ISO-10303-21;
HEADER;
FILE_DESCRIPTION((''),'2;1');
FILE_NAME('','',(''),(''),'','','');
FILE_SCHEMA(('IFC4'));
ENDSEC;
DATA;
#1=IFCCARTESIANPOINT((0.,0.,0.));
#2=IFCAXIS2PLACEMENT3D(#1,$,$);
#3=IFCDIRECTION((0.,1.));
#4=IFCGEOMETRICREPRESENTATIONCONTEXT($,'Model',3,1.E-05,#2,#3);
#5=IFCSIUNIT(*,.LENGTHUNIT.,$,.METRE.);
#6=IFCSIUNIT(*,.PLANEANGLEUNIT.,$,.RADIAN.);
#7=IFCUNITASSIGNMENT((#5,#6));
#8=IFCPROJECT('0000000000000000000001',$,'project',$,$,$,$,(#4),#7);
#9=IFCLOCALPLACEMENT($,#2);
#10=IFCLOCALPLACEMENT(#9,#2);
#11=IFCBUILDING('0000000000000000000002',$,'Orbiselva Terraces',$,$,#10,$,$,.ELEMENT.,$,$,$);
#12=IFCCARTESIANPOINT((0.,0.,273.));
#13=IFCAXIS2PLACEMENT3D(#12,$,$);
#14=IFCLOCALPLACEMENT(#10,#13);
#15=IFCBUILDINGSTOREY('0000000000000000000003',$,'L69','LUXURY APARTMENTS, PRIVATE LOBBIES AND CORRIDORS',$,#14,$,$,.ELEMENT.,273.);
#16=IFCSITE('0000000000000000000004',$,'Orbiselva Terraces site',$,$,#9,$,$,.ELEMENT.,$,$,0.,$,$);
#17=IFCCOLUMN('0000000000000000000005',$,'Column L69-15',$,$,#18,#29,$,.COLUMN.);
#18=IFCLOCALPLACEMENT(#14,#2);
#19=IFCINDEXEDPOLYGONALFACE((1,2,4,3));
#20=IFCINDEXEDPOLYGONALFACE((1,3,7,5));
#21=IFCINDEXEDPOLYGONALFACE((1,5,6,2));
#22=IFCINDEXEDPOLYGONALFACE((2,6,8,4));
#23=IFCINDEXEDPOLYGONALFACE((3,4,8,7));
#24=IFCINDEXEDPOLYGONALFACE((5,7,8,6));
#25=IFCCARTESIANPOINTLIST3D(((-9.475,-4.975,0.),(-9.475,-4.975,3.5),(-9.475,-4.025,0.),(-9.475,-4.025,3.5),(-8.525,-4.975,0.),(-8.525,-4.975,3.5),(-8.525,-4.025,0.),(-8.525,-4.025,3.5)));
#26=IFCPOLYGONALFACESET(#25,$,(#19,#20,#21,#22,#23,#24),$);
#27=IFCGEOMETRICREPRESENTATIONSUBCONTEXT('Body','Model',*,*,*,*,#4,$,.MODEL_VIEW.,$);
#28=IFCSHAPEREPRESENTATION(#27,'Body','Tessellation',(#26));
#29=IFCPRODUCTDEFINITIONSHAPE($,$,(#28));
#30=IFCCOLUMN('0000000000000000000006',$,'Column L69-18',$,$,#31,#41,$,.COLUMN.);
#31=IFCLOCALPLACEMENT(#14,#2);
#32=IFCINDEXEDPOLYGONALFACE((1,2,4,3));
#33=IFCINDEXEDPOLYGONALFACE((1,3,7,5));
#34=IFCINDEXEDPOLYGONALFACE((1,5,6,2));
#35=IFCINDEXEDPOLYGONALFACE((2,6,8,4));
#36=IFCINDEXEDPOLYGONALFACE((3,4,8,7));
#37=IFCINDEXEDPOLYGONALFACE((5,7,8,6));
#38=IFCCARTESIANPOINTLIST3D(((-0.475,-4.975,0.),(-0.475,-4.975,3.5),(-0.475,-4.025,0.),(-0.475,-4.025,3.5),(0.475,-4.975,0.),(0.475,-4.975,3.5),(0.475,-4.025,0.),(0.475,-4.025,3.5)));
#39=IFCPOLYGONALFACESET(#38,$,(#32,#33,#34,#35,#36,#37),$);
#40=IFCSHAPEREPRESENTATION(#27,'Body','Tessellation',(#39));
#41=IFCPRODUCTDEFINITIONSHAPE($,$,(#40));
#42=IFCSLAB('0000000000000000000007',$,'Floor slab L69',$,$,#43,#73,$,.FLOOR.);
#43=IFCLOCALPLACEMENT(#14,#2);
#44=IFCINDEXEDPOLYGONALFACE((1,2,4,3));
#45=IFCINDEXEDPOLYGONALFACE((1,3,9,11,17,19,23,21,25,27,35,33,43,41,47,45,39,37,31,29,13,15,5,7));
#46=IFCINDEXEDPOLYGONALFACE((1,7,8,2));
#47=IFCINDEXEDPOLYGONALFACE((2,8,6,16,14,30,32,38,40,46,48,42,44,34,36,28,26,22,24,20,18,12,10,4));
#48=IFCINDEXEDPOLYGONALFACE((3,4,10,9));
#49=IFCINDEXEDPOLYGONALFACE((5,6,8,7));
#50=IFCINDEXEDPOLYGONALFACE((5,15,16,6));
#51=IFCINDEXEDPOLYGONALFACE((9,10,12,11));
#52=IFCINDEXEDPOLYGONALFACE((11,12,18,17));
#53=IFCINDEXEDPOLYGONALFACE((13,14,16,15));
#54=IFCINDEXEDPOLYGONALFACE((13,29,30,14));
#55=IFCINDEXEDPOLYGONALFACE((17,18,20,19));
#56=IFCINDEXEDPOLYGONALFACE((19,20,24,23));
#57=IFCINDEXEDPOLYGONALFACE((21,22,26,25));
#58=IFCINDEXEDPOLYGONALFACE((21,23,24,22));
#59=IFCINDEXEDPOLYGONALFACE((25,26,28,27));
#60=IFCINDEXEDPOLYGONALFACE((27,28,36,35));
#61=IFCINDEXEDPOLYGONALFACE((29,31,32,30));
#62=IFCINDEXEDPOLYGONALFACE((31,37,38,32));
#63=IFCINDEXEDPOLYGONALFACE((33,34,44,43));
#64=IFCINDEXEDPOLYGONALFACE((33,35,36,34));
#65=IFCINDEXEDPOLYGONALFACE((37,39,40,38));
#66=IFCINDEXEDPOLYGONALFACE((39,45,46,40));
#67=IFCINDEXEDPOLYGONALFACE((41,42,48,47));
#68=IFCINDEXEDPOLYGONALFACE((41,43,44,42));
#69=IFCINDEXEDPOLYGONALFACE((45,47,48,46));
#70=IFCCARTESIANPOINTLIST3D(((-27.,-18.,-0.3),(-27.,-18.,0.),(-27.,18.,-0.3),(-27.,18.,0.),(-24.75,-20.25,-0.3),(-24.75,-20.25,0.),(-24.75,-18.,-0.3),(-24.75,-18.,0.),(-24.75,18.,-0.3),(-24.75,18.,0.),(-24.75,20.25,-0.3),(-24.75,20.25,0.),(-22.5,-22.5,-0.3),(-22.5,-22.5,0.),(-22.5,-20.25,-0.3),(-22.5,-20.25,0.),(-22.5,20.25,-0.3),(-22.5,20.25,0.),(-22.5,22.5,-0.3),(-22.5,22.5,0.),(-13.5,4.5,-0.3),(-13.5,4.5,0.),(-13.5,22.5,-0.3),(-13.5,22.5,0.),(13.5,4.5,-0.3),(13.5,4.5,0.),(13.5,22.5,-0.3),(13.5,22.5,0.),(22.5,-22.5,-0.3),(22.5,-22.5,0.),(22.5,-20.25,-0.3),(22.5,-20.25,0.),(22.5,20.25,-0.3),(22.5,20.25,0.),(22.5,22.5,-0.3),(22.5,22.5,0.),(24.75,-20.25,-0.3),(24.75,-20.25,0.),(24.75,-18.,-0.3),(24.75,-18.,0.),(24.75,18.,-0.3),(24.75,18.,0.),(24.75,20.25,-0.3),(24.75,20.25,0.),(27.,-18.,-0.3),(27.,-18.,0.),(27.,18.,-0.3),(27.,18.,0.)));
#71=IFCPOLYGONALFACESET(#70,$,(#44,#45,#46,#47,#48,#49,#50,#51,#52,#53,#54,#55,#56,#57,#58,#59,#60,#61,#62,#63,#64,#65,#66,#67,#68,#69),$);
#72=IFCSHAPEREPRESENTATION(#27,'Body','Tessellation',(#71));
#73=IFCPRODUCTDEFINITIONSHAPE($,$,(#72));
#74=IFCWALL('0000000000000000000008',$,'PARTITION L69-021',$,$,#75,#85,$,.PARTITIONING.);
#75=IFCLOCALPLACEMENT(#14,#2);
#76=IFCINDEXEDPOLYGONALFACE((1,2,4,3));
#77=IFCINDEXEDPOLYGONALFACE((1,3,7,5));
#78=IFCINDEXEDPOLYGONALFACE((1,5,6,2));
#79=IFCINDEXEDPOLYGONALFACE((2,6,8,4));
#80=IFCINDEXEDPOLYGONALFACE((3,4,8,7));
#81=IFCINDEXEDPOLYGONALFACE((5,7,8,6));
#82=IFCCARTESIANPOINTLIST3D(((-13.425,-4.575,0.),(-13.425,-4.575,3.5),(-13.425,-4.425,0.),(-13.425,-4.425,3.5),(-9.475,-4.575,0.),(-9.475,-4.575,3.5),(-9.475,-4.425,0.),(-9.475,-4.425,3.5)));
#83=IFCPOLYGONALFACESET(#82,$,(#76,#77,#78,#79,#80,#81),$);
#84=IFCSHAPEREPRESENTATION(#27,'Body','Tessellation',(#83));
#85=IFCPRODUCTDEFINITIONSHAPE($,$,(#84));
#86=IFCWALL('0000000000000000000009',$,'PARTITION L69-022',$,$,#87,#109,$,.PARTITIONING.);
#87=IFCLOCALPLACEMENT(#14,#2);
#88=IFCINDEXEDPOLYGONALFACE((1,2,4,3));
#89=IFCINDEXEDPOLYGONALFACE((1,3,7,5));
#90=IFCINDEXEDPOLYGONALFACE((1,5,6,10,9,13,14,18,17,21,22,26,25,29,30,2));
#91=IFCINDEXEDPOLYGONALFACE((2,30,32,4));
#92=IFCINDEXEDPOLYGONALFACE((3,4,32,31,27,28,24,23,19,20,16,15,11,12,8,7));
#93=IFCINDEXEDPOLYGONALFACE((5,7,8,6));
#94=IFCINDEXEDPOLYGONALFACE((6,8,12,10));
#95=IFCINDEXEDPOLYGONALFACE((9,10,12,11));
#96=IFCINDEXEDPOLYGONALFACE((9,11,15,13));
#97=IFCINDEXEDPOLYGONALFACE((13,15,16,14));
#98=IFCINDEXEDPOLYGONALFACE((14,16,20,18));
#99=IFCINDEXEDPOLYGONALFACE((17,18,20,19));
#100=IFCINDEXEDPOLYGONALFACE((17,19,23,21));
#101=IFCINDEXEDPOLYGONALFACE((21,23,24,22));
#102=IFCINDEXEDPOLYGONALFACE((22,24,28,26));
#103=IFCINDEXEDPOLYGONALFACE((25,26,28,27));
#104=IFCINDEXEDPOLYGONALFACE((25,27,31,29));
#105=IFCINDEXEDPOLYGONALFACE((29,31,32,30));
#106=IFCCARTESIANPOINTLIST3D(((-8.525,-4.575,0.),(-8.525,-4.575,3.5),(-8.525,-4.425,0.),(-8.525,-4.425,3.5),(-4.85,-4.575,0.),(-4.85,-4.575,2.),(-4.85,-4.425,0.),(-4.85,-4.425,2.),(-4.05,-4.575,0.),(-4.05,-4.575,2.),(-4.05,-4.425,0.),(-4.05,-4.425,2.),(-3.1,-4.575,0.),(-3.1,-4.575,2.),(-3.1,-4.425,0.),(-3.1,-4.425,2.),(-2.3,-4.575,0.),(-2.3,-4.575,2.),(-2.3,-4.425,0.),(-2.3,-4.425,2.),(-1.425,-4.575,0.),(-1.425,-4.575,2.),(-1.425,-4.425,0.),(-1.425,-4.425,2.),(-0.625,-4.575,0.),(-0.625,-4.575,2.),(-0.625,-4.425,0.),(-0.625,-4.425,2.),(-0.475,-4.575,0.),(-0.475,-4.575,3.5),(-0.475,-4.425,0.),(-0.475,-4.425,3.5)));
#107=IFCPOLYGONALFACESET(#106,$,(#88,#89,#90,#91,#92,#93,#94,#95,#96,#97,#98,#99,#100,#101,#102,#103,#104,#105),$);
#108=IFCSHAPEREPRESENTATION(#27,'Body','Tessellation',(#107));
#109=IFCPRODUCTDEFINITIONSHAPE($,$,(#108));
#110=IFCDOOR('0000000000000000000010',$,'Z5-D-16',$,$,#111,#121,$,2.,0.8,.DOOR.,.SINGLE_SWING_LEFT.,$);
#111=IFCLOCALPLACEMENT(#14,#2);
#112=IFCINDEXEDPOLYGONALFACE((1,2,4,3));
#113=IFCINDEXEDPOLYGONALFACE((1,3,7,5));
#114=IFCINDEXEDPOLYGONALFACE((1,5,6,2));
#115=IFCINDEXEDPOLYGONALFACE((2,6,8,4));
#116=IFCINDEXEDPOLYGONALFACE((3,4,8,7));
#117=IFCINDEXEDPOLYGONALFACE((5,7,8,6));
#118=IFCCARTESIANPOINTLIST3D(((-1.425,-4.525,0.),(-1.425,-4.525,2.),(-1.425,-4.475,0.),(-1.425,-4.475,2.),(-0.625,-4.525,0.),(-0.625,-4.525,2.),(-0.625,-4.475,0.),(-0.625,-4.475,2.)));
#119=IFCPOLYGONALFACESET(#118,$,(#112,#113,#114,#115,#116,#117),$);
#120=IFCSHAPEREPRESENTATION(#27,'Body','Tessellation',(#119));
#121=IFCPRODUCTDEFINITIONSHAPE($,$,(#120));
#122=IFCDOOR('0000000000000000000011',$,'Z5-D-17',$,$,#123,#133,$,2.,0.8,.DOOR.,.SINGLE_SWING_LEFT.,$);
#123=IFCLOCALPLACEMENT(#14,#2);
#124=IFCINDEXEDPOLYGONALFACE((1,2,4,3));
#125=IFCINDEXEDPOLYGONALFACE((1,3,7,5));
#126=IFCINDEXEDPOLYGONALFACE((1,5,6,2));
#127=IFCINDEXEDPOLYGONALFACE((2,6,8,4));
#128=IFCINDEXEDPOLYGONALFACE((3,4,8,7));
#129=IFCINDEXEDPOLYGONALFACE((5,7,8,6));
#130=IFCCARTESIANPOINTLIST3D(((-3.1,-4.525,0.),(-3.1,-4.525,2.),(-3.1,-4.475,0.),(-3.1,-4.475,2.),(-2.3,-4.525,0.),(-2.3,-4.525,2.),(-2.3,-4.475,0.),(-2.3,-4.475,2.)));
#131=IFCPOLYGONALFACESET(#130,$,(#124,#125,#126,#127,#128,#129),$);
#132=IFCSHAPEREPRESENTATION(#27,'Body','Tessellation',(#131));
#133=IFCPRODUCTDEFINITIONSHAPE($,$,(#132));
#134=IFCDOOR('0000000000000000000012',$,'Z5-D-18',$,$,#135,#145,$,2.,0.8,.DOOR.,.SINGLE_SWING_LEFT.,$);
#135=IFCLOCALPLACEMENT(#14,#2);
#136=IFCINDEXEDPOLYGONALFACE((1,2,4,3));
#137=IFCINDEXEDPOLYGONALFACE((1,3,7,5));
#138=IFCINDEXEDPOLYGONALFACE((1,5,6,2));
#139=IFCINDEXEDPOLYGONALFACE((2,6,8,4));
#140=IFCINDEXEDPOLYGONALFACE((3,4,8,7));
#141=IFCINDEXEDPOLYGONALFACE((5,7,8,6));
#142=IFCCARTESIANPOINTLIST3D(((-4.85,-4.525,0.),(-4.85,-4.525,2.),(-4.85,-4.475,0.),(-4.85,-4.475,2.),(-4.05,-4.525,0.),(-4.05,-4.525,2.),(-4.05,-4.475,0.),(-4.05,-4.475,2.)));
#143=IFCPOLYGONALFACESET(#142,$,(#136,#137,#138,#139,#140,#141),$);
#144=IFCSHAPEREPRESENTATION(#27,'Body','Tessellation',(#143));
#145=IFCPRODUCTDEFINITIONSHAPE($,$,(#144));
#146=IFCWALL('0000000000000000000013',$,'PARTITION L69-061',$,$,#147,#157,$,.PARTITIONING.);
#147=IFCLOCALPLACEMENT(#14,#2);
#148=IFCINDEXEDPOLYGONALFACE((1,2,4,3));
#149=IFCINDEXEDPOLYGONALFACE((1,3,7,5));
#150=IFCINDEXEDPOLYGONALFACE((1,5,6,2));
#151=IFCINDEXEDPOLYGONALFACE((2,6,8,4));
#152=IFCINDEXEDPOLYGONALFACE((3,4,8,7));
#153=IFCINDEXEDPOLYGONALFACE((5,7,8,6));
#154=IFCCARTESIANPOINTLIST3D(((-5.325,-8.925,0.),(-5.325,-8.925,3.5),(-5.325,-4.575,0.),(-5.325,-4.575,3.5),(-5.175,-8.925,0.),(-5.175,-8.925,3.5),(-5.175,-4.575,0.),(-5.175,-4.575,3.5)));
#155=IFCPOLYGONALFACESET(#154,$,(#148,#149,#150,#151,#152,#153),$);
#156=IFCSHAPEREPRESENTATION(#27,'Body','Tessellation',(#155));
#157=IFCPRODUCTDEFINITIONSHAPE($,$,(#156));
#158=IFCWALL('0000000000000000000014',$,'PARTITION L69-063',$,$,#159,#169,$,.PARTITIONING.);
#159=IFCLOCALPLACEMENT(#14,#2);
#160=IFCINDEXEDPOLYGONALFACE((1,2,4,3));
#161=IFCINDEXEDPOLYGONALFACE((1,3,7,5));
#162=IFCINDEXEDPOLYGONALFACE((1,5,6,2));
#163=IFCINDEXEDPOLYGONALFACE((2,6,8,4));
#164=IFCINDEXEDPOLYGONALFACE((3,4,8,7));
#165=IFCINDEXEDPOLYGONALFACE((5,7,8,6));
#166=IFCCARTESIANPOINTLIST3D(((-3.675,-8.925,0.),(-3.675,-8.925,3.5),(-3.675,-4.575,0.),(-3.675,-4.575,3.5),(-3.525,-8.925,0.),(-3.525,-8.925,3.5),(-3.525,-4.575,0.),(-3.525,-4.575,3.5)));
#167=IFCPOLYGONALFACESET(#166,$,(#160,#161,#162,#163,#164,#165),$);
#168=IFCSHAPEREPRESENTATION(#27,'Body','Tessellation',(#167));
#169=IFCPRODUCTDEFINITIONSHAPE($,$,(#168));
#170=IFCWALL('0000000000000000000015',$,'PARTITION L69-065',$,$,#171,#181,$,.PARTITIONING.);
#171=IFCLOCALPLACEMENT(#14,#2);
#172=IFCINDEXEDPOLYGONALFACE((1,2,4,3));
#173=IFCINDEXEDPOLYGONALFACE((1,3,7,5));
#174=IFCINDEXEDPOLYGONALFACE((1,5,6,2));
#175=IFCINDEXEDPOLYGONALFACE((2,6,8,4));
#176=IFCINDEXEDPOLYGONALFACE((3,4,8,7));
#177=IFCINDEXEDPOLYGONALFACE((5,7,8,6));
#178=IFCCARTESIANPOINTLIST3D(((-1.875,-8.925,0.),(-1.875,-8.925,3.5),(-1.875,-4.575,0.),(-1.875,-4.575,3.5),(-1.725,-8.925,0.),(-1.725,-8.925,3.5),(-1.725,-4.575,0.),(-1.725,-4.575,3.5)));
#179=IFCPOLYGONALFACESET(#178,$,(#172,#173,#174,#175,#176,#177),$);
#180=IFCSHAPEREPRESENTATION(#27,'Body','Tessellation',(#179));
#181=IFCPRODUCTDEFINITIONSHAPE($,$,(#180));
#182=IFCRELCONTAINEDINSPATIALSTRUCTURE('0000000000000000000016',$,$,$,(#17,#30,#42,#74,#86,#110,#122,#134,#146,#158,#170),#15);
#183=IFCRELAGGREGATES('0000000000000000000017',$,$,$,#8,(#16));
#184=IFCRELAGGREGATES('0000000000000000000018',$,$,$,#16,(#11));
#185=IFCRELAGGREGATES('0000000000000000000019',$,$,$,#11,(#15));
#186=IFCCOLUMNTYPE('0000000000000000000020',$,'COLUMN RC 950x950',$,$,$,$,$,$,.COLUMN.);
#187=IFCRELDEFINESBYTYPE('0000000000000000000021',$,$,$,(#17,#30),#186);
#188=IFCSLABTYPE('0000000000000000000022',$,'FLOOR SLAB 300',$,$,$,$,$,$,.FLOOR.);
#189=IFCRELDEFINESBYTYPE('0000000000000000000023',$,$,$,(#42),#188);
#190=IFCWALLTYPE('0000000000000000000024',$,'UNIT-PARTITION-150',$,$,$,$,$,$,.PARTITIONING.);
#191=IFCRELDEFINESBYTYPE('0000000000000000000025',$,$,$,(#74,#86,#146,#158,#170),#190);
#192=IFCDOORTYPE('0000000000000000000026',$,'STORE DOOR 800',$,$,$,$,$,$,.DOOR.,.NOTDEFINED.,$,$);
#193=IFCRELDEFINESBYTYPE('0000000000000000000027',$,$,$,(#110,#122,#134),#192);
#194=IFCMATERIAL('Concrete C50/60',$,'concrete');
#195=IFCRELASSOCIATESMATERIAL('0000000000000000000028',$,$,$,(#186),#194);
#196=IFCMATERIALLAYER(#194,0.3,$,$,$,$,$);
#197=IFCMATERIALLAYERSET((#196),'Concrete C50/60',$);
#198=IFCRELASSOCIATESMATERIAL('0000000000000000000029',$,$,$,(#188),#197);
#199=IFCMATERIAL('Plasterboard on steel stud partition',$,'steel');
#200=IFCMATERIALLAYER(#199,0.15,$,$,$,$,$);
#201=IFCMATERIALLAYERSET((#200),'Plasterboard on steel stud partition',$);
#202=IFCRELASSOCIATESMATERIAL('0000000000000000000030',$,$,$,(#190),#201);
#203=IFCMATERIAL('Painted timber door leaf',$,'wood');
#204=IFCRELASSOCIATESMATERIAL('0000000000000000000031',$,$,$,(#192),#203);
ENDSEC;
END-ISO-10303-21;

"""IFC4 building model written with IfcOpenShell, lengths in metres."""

from ifc_helpers import new_model, si_unit, direction, frame, frame_2d, origin, origin_2d, place, context, subcontext, project, spatial, polyline, rectangle, outline, extrude, material, layer, layer_set, material_profile, profile_set, type_object, element, fill, save


model = new_model("IFC4")

# Units and contexts
model_context = context("Model", 3, precision=1e-05, world=origin(), true_north=direction((0.0, 1.0)))
body_context = subcontext(model_context, "Body", "Model", "MODEL_VIEW")
ifc_project = project(units=[si_unit("LENGTHUNIT", "METRE"), si_unit("PLANEANGLEUNIT", "RADIAN")], contexts=[model_context])

# Site, building, storey
site_placement = place(None, origin())
site = spatial("IfcSite", under=ifc_project, at=site_placement, Name="Orbiselva Terraces site", CompositionType="ELEMENT", RefElevation=0.0)
building_placement = place(site_placement, origin())
building = spatial("IfcBuilding", under=site, at=building_placement, Name="Orbiselva Terraces", CompositionType="ELEMENT")
storey_placement = place(building_placement, frame((0.0, 0.0, 273.0)))
storey = spatial("IfcBuildingStorey", under=building, at=storey_placement, Name="L69", Description="LUXURY APARTMENTS, PRIVATE LOBBIES AND CORRIDORS", CompositionType="ELEMENT", Elevation=273.0)

# Columns
ifc_material_1 = material(Name="Concrete C50/60", Category="concrete")
ifc_material_profile = material_profile(ifc_material_1, rectangle(XDim=0.95, YDim=0.95, at=origin_2d()), Name="RC 950x950")
ifc_profile_set = profile_set([ifc_material_profile], Name="Concrete C50/60")
column_type = type_object("IfcColumnType", Name="COLUMN RC 950x950", PredefinedType="COLUMN", material=ifc_profile_set)
for number, where, z_axis, x_axis, name in (
    (1, (-9.0, -4.5, 0.0), (0.0, 0.0, 1.0), (1.0, 0.0, 0.0), "Column L69-15"),
    (2, (0.0, -4.5, 0.0), (0.0, 0.0, 1.0), (1.0, 0.0, 0.0), "Column L69-18"),
):
    element("IfcColumn", number, at=place(storey_placement, frame(where, z_axis=z_axis, x_axis=x_axis)), inside=storey, type_object=column_type, Name=name, PredefinedType="COLUMN", context=body_context, shape_type="SweptSolid", body=[
        extrude(rectangle(XDim=0.95, YDim=0.95, at=origin_2d()), origin(), (0.0, 0.0, 1.0), 3.5),
    ])

# Slab
ifc_layer_1 = layer(ifc_material_1, 0.3)
ifc_layer_set_1 = layer_set([ifc_layer_1], Name="Concrete C50/60")
slab_type = type_object("IfcSlabType", Name="FLOOR SLAB 300", PredefinedType="FLOOR", material=ifc_layer_set_1)
slab_placement = place(storey_placement, frame((0.0, 0.0, -0.3)))
element("IfcSlab", 3, at=slab_placement, inside=storey, type_object=slab_type, Name="Floor slab L69", PredefinedType="FLOOR", context=body_context, shape_type="SweptSolid", body=[
    extrude(outline(polyline([(22.5, 22.5), (22.5, 20.25), (24.75, 20.25), (24.75, 18.0), (27.0, 18.0), (27.0, -18.0), (24.75, -18.0), (24.75, -20.25), (22.5, -20.25), (22.5, -22.5), (-22.5, -22.5), (-22.5, -20.25), (-24.75, -20.25), (-24.75, -18.0), (-27.0, -18.0), (-27.0, 18.0), (-24.75, 18.0), (-24.75, 20.25), (-22.5, 20.25), (-22.5, 22.5), (-13.5, 22.5), (-13.5, 4.5), (13.5, 4.5), (13.5, 22.5), (22.5, 22.5)])), origin(), (0.0, 0.0, 1.0), 0.3),
])

# Wall
ifc_material_2 = material(Name="Plasterboard on steel stud partition", Category="steel")
ifc_layer_2 = layer(ifc_material_2, 0.15)
ifc_layer_set_2 = layer_set([ifc_layer_2], Name="Plasterboard on steel stud partition")
wall_type = type_object("IfcWallType", Name="UNIT-PARTITION-150", PredefinedType="PARTITIONING", material=ifc_layer_set_2)
wall_1_placement = place(storey_placement, frame((-13.425, -4.5, 0.0), z_axis=(0.0, 0.0, 1.0), x_axis=(1.0, 0.0, 0.0)))
element("IfcWall", 4, at=wall_1_placement, inside=storey, type_object=wall_type, Name="PARTITION L69-021", PredefinedType="PARTITIONING", context=body_context, shape_type="SweptSolid", body=[
    extrude(rectangle(XDim=3.95, YDim=0.15, at=frame_2d((1.975, 0.0))), origin(), (0.0, 0.0, 1.0), 3.5),
])

# Wall, openings, doors
wall_2_placement = place(storey_placement, frame((-0.475, -4.5, 0.0), z_axis=(0.0, 0.0, 1.0), x_axis=(-1.0, 0.0, 0.0)))
wall_2 = element("IfcWall", 5, at=wall_2_placement, inside=storey, type_object=wall_type, Name="PARTITION L69-022", PredefinedType="PARTITIONING", context=body_context, shape_type="SweptSolid", body=[
    extrude(rectangle(XDim=8.05, YDim=0.15, at=frame_2d((4.025, 0.0))), origin(), (0.0, 0.0, 1.0), 3.5),
])
opening_1_placement = place(wall_2_placement, frame((0.15, 0.0, 0.0)))
opening_1 = element("IfcOpeningElement", 6, at=opening_1_placement, cuts=wall_2, PredefinedType="OPENING", context=body_context, shape_type="SweptSolid", body=[
    extrude(rectangle(XDim=0.8, YDim=2.0, at=frame_2d((0.4, 1.0))), frame((0.0, 0.085, 0.0), z_axis=(0.0, -1.0, 0.0), x_axis=(1.0, 0.0, 0.0)), (0.0, 0.0, 1.0), 0.17),
])
opening_2_placement = place(wall_2_placement, frame((1.825, 0.0, 0.0)))
opening_2 = element("IfcOpeningElement", 7, at=opening_2_placement, cuts=wall_2, PredefinedType="OPENING", context=body_context, shape_type="SweptSolid", body=[
    extrude(rectangle(XDim=0.8, YDim=2.0, at=frame_2d((0.4, 1.0))), frame((0.0, 0.085, 0.0), z_axis=(0.0, -1.0, 0.0), x_axis=(1.0, 0.0, 0.0)), (0.0, 0.0, 1.0), 0.17),
])
opening_3_placement = place(wall_2_placement, frame((3.575, 0.0, 0.0)))
opening_3 = element("IfcOpeningElement", 8, at=opening_3_placement, cuts=wall_2, PredefinedType="OPENING", context=body_context, shape_type="SweptSolid", body=[
    extrude(rectangle(XDim=0.8, YDim=2.0, at=frame_2d((0.4, 1.0))), frame((0.0, 0.085, 0.0), z_axis=(0.0, -1.0, 0.0), x_axis=(1.0, 0.0, 0.0)), (0.0, 0.0, 1.0), 0.17),
])
ifc_material_3 = material(Name="Painted timber door leaf", Category="wood")
door_type = type_object("IfcDoorType", Name="STORE DOOR 800", OperationType="NOTDEFINED", PredefinedType="DOOR", material=ifc_material_3)
door_1_placement = place(opening_1_placement, origin())
door_1 = element("IfcDoor", 9, at=door_1_placement, inside=storey, type_object=door_type, Name="Z5-D-16", OperationType="SINGLE_SWING_LEFT", OverallHeight=2.0, OverallWidth=0.8, PredefinedType="DOOR", context=body_context, shape_type="SweptSolid", body=[
    extrude(rectangle(XDim=0.8, YDim=2.0, at=frame_2d((0.4, 1.0))), frame((0.0, 0.025, 0.0), z_axis=(0.0, -1.0, 0.0), x_axis=(1.0, 0.0, 0.0)), (0.0, 0.0, 1.0), 0.05),
])
fill(opening_1, door_1)
door_2_placement = place(opening_2_placement, origin())
door_2 = element("IfcDoor", 10, at=door_2_placement, inside=storey, type_object=door_type, Name="Z5-D-17", OperationType="SINGLE_SWING_LEFT", OverallHeight=2.0, OverallWidth=0.8, PredefinedType="DOOR", context=body_context, shape_type="SweptSolid", body=[
    extrude(rectangle(XDim=0.8, YDim=2.0, at=frame_2d((0.4, 1.0))), frame((0.0, 0.025, 0.0), z_axis=(0.0, -1.0, 0.0), x_axis=(1.0, 0.0, 0.0)), (0.0, 0.0, 1.0), 0.05),
])
fill(opening_2, door_2)
door_3_placement = place(opening_3_placement, origin())
door_3 = element("IfcDoor", 11, at=door_3_placement, inside=storey, type_object=door_type, Name="Z5-D-18", OperationType="SINGLE_SWING_LEFT", OverallHeight=2.0, OverallWidth=0.8, PredefinedType="DOOR", context=body_context, shape_type="SweptSolid", body=[
    extrude(rectangle(XDim=0.8, YDim=2.0, at=frame_2d((0.4, 1.0))), frame((0.0, 0.025, 0.0), z_axis=(0.0, -1.0, 0.0), x_axis=(1.0, 0.0, 0.0)), (0.0, 0.0, 1.0), 0.05),
])
fill(opening_3, door_3)

# Walls
for number, where, z_axis, x_axis, name in (
    (12, (-5.25, -8.925, 0.0), (0.0, 0.0, 1.0), (0.0, 1.0, 0.0), "PARTITION L69-061"),
    (13, (-3.6, -8.925, 0.0), (0.0, 0.0, 1.0), (0.0, 1.0, 0.0), "PARTITION L69-063"),
    (14, (-1.8, -8.925, 0.0), (0.0, 0.0, 1.0), (0.0, 1.0, 0.0), "PARTITION L69-065"),
):
    element("IfcWall", number, at=place(storey_placement, frame(where, z_axis=z_axis, x_axis=x_axis)), inside=storey, type_object=wall_type, Name=name, PredefinedType="PARTITIONING", context=body_context, shape_type="SweptSolid", body=[
        extrude(rectangle(XDim=4.35, YDim=0.15, at=frame_2d((2.175, 0.0))), origin(), (0.0, 0.0, 1.0), 3.5),
    ])

save(model, "model.ifc")
